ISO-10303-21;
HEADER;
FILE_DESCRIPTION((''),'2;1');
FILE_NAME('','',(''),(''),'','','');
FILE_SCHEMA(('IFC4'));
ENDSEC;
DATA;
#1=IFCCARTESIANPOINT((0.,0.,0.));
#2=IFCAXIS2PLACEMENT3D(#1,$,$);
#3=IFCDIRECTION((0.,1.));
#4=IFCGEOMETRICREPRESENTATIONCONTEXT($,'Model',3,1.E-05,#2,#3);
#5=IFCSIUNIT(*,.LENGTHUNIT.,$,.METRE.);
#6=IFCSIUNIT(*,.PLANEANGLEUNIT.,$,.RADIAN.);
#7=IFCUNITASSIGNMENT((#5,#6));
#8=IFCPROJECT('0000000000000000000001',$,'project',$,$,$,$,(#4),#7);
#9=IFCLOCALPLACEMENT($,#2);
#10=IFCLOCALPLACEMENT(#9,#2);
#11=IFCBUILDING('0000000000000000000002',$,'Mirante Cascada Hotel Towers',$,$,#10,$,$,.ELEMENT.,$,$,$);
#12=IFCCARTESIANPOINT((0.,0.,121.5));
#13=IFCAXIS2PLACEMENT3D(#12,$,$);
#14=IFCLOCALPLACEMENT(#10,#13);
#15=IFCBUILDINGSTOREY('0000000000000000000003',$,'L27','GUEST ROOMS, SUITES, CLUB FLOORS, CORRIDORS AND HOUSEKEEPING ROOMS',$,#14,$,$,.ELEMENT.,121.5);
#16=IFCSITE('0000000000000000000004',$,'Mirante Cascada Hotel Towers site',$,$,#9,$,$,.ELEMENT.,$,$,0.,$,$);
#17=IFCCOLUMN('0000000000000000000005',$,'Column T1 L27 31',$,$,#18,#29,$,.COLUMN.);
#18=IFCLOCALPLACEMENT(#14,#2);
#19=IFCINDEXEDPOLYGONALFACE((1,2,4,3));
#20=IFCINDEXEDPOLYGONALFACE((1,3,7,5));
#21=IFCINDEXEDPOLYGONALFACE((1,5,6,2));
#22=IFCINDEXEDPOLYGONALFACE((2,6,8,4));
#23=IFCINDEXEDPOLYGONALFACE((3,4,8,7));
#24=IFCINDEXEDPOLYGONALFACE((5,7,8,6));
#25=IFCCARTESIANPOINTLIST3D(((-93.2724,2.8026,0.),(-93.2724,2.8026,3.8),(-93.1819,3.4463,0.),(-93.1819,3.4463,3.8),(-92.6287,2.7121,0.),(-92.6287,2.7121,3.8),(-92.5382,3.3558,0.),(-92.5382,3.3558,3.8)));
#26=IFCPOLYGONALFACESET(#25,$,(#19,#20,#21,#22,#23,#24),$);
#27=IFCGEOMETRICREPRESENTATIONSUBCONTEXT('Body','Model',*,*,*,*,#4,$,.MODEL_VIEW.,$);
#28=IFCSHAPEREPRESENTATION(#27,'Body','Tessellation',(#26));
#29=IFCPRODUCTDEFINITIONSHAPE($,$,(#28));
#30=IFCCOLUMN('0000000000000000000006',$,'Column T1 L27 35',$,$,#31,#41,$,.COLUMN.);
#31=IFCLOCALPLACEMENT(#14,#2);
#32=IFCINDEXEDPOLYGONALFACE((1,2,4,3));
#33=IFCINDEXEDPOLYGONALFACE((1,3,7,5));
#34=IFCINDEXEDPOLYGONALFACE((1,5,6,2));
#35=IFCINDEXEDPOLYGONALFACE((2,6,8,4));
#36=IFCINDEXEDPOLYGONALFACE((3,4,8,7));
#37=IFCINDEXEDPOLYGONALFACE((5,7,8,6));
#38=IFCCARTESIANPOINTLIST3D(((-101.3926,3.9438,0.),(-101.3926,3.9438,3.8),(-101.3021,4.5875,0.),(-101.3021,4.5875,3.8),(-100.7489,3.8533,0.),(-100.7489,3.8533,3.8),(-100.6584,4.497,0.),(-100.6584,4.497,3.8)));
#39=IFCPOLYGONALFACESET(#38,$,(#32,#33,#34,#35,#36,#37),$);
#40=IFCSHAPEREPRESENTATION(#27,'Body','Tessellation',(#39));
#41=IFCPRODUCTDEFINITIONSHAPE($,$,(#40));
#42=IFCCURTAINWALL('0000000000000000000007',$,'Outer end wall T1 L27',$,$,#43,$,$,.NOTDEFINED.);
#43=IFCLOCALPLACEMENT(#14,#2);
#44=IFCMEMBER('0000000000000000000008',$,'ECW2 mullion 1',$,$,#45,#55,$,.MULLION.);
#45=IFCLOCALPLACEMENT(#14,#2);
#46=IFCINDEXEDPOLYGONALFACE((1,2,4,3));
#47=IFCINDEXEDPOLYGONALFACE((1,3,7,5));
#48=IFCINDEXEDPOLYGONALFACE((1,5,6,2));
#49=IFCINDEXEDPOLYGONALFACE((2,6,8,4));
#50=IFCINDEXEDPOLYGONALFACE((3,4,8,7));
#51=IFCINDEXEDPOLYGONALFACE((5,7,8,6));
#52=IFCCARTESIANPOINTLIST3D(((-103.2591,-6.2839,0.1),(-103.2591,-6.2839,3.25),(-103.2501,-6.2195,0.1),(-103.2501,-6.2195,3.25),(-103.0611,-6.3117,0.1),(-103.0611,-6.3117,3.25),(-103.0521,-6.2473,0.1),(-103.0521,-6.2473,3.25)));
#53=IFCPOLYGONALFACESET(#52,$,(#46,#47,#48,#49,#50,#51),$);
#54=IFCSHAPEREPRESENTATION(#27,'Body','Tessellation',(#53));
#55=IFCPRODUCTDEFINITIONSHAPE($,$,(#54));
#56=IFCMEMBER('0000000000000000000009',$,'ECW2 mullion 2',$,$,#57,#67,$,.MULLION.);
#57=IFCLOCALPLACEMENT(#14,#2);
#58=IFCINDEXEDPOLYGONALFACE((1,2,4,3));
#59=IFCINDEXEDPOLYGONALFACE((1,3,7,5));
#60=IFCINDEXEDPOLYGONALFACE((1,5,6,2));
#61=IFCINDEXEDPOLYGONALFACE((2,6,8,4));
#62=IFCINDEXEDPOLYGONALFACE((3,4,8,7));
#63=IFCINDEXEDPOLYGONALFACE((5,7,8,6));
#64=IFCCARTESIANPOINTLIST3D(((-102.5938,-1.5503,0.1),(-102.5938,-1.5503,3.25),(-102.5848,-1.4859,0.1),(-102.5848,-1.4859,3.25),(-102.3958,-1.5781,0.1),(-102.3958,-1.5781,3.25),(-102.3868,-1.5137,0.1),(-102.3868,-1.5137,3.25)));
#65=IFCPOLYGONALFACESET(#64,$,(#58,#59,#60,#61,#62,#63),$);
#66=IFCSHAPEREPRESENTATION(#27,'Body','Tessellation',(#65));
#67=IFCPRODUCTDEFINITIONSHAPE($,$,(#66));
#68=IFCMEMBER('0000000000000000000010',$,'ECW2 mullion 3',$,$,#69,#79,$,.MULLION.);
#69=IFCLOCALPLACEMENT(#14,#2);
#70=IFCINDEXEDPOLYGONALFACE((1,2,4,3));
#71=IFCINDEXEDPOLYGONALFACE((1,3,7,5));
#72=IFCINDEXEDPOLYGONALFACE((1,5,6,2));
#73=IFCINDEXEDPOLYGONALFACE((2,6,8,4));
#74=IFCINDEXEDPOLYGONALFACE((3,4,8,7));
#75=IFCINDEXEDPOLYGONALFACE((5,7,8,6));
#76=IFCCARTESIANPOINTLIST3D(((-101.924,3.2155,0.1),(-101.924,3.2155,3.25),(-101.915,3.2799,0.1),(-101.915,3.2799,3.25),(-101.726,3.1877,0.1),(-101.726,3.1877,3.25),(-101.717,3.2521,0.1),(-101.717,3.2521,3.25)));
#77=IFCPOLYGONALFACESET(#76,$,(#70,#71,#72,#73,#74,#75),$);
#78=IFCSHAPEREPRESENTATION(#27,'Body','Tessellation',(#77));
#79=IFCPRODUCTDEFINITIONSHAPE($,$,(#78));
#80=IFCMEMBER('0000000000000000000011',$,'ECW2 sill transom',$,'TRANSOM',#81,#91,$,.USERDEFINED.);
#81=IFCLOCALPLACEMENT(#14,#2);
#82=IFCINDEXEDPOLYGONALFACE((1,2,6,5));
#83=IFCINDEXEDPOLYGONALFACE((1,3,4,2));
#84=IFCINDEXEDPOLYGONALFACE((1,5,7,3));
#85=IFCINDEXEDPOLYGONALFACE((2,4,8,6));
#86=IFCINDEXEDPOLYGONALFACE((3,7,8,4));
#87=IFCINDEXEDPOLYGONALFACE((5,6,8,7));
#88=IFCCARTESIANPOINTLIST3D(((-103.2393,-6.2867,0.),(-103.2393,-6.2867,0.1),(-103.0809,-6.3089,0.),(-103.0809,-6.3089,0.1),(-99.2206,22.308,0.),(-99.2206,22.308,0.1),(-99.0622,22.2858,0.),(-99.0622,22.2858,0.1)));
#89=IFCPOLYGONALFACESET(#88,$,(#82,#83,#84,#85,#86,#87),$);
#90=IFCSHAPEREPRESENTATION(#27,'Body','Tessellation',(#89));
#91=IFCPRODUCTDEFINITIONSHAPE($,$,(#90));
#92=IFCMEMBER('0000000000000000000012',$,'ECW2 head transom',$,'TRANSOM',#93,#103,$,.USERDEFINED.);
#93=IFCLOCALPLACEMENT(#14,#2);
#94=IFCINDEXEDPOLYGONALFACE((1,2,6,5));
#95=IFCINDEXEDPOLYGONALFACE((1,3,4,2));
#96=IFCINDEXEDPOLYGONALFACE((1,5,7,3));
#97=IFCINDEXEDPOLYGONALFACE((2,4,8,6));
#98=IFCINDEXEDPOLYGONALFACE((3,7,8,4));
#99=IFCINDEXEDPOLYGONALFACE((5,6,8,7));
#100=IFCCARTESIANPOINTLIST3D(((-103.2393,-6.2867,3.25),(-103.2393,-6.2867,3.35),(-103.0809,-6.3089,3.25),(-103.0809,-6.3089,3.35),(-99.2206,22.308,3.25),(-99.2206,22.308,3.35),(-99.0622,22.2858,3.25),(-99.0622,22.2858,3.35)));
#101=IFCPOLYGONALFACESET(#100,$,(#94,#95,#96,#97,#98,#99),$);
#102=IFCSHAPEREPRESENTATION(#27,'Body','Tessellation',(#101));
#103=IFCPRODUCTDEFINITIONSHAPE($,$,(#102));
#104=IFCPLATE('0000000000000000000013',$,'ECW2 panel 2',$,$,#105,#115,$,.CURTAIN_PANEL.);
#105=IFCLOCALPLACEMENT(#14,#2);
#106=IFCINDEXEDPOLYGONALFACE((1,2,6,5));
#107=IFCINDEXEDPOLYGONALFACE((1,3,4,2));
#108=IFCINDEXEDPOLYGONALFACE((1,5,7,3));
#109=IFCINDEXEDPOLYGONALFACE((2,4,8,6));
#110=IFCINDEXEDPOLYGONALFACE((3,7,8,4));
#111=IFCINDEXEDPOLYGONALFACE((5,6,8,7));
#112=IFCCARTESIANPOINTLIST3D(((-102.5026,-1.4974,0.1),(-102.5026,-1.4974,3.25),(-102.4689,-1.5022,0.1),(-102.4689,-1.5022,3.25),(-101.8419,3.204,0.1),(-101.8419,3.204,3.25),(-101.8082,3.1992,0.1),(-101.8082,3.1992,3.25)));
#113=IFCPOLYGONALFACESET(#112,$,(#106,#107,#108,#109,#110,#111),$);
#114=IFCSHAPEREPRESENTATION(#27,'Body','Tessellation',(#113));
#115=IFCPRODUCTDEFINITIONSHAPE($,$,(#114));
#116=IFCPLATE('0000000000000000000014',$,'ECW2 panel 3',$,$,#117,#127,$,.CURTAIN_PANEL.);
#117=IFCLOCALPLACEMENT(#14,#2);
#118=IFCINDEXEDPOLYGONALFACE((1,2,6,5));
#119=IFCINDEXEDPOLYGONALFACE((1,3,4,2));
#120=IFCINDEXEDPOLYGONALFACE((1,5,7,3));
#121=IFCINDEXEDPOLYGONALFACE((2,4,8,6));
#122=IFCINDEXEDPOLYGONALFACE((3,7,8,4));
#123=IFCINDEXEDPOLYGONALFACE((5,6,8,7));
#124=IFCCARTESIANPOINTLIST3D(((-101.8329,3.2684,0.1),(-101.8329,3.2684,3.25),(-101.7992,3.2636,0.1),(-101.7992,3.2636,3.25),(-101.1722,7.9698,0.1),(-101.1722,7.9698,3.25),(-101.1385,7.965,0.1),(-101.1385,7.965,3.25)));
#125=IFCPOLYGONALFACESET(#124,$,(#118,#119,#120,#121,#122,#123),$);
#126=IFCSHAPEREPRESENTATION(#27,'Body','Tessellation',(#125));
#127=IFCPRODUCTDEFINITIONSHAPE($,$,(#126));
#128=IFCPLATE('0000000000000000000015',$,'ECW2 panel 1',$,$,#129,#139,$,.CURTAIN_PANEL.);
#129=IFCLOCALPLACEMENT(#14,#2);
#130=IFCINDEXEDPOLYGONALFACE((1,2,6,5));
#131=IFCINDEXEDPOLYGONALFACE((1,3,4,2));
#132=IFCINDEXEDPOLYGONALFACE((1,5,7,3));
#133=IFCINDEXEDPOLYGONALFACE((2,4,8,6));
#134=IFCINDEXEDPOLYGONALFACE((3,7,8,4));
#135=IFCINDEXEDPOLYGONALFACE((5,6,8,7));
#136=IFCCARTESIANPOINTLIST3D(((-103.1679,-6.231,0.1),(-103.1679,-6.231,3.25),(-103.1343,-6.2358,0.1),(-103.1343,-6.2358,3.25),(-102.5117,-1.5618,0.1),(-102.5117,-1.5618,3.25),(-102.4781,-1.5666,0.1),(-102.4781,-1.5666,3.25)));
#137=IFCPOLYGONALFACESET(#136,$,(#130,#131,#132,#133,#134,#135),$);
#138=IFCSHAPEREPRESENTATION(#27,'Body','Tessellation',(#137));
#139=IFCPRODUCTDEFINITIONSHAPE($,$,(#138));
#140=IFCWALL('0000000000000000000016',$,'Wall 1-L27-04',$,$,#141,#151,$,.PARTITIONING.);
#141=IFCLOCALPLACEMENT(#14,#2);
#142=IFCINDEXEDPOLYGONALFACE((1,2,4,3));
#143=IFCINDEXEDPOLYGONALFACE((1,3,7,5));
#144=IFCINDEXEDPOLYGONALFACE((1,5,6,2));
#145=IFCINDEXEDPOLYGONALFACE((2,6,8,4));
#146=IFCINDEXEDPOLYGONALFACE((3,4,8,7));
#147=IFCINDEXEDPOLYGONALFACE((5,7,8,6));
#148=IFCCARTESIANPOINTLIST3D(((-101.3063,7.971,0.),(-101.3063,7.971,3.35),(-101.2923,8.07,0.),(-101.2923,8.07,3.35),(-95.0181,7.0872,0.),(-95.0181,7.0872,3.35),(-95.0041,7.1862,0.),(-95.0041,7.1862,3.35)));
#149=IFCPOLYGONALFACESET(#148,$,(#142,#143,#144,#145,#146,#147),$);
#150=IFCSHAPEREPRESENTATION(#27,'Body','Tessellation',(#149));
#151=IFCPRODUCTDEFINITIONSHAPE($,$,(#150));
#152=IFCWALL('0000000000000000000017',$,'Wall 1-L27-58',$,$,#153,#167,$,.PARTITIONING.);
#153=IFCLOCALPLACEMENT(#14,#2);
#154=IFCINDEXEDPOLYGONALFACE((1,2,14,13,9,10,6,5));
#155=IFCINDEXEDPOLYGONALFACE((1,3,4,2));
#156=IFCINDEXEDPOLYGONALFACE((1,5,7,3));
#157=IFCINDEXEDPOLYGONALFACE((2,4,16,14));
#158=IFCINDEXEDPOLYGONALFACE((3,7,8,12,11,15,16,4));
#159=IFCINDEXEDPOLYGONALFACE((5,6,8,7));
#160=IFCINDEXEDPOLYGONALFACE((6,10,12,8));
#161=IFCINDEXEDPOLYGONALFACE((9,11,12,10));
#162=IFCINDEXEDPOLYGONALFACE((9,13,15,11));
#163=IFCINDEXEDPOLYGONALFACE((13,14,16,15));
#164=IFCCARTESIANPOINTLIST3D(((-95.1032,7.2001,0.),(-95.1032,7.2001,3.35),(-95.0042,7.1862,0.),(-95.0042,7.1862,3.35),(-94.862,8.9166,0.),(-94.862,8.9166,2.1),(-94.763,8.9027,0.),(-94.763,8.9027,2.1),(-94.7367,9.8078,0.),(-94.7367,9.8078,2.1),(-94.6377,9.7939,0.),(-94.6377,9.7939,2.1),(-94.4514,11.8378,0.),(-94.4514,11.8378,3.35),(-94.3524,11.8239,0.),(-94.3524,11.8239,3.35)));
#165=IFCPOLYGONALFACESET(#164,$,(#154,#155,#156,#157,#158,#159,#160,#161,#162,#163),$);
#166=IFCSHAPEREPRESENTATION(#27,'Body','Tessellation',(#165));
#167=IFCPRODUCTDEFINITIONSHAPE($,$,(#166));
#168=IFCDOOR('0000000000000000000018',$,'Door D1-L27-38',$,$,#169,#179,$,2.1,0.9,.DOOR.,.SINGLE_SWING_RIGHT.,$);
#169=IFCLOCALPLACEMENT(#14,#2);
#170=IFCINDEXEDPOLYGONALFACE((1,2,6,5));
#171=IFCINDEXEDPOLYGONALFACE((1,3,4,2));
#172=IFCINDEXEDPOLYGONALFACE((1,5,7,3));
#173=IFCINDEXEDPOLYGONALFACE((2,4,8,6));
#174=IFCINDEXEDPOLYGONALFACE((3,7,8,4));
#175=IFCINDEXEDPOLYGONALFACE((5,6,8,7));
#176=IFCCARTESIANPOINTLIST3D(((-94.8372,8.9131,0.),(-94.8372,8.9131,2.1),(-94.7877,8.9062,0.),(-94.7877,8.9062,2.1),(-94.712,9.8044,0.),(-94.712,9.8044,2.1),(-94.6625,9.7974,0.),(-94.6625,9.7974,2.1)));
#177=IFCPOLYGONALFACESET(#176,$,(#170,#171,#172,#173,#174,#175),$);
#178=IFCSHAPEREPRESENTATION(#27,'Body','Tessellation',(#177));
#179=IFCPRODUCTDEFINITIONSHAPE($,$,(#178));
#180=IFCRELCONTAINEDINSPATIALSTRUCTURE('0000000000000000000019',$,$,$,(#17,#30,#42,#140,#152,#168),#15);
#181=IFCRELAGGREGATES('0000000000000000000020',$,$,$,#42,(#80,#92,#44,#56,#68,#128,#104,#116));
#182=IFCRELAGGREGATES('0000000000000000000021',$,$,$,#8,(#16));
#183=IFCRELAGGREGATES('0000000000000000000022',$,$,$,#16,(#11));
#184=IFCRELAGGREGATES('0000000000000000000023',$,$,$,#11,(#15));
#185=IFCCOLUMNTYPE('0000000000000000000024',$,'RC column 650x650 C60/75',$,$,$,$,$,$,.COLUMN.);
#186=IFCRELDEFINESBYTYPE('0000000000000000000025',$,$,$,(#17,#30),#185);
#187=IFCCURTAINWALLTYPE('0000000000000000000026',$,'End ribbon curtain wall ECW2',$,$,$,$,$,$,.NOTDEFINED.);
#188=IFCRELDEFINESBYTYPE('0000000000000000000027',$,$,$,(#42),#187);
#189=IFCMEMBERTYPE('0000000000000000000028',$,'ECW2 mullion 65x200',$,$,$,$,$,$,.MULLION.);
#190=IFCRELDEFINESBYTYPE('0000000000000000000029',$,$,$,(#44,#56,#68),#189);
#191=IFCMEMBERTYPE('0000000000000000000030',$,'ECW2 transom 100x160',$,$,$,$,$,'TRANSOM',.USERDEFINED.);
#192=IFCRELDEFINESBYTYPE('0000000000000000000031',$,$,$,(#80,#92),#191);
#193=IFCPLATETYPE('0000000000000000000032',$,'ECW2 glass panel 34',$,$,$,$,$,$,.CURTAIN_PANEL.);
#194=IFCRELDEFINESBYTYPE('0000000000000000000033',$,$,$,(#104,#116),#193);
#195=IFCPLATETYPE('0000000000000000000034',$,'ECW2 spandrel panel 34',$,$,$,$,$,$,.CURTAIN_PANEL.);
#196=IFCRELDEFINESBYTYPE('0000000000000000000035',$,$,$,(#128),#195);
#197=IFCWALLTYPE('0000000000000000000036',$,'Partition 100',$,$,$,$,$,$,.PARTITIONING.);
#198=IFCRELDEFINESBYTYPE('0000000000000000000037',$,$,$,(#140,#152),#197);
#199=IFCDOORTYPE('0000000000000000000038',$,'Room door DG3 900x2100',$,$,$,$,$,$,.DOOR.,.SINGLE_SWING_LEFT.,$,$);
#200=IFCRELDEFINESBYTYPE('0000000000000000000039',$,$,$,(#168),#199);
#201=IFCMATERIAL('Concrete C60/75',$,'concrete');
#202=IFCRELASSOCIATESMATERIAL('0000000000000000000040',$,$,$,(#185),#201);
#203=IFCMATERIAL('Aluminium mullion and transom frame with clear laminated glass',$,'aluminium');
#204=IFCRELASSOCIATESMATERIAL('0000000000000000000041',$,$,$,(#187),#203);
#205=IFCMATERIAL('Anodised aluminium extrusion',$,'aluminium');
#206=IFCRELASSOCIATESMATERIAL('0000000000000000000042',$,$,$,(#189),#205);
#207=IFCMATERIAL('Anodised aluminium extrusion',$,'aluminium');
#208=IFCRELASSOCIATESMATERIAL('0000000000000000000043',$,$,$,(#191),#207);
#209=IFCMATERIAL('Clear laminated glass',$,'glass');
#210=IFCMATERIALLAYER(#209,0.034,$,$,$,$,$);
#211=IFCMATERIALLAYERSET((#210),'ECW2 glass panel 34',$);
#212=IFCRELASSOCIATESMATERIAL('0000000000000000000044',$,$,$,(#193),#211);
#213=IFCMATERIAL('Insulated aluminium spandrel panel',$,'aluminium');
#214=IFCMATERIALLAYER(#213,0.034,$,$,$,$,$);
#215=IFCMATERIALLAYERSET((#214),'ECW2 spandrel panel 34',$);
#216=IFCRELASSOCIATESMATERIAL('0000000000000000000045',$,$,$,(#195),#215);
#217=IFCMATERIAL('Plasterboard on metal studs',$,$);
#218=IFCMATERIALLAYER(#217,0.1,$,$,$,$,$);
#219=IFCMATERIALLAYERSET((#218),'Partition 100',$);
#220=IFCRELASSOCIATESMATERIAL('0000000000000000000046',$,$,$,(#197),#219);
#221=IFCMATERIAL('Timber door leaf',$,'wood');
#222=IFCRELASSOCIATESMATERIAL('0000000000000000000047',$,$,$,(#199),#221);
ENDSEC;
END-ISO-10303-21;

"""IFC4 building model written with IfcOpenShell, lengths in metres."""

from ifc_helpers import new_model, si_unit, direction, frame, frame_2d, origin, origin_2d, place, context, subcontext, project, spatial, rectangle, extrude, material, layer, layer_set, material_profile, profile_set, type_object, element, fill, aggregate, save


model = new_model("IFC4")

# Units and contexts
model_context = context("Model", 3, precision=1e-05, world=origin(), true_north=direction((0.0, 1.0)))
body_context = subcontext(model_context, "Body", "Model", "MODEL_VIEW")
ifc_project = project(units=[si_unit("LENGTHUNIT", "METRE"), si_unit("PLANEANGLEUNIT", "RADIAN")], contexts=[model_context])

# Site, building, storey
site_placement = place(None, origin())
site = spatial("IfcSite", under=ifc_project, at=site_placement, Name="Mirante Cascada Hotel Towers site", CompositionType="ELEMENT", RefElevation=0.0)
building_placement = place(site_placement, origin())
building = spatial("IfcBuilding", under=site, at=building_placement, Name="Mirante Cascada Hotel Towers", CompositionType="ELEMENT")
storey_placement = place(building_placement, frame((0.0, 0.0, 121.5)))
storey = spatial("IfcBuildingStorey", under=building, at=storey_placement, Name="L27", Description="GUEST ROOMS, SUITES, CLUB FLOORS, CORRIDORS AND HOUSEKEEPING ROOMS", CompositionType="ELEMENT", Elevation=121.5)

# Columns
ifc_material_1 = material(Name="Concrete C60/75", Category="concrete")
ifc_material_profile_1 = material_profile(ifc_material_1, rectangle(XDim=0.65, YDim=0.65, at=origin_2d()), Name="RC column 650x650 C60/75")
ifc_profile_set_1 = profile_set([ifc_material_profile_1], Name="Concrete C60/75")
column_type = type_object("IfcColumnType", Name="RC column 650x650 C60/75", PredefinedType="COLUMN", material=ifc_profile_set_1)
for number, where, z_axis, x_axis, name in (
    (1, (-92.9053, 3.0792, 0.0), (0.0, 0.0, 1.0), (-0.990268, 0.139173, 0.0), "Column T1 L27 31"),
    (2, (-101.0255, 4.2204, 0.0), (0.0, 0.0, 1.0), (-0.990268, 0.139173, 0.0), "Column T1 L27 35"),
):
    element("IfcColumn", number, at=place(storey_placement, frame(where, z_axis=z_axis, x_axis=x_axis)), inside=storey, type_object=column_type, Name=name, PredefinedType="COLUMN", context=body_context, shape_type="SweptSolid", body=[
        extrude(rectangle(XDim=0.65, YDim=0.65, at=origin_2d()), origin(), (0.0, 0.0, 1.0), 3.8),
    ])

# Curtain wall, members, plates
ifc_material_2 = material(Name="Aluminium mullion and transom frame with clear laminated glass", Category="aluminium")
curtain_wall_type = type_object("IfcCurtainWallType", Name="End ribbon curtain wall ECW2", PredefinedType="NOTDEFINED", material=ifc_material_2)
curtain_wall_placement = place(storey_placement, origin())
curtain_wall = element("IfcCurtainWall", 3, at=curtain_wall_placement, inside=storey, type_object=curtain_wall_type, Name="Outer end wall T1 L27", PredefinedType="NOTDEFINED")
ifc_material_3 = material(Name="Anodised aluminium extrusion", Category="aluminium")
ifc_material_profile_2 = material_profile(ifc_material_3, rectangle(XDim=0.2, YDim=0.065, at=origin_2d()), Name="ECW2 MULLION 65x200")
ifc_profile_set_2 = profile_set([ifc_material_profile_2], Name="Anodised aluminium extrusion")
member_type_1 = type_object("IfcMemberType", Name="ECW2 mullion 65x200", PredefinedType="MULLION", material=ifc_profile_set_2)
member_1_placement = place(storey_placement, frame((-103.1556, -6.2656, 0.1), z_axis=(0.0, 0.0, 1.0), x_axis=(-0.990268, 0.139173, 0.0)))
member_1 = element("IfcMember", 4, at=member_1_placement, type_object=member_type_1, Name="ECW2 mullion 1", PredefinedType="MULLION", context=body_context, shape_type="SweptSolid", body=[
    extrude(rectangle(XDim=0.2, YDim=0.065, at=origin_2d()), origin(), (0.0, 0.0, 1.0), 3.15),
])
member_2_placement = place(storey_placement, frame((-102.4903, -1.532, 0.1), z_axis=(0.0, 0.0, 1.0), x_axis=(-0.990268, 0.139173, 0.0)))
member_2 = element("IfcMember", 5, at=member_2_placement, type_object=member_type_1, Name="ECW2 mullion 2", PredefinedType="MULLION", context=body_context, shape_type="SweptSolid", body=[
    extrude(rectangle(XDim=0.2, YDim=0.065, at=origin_2d()), origin(), (0.0, 0.0, 1.0), 3.15),
])
member_3_placement = place(storey_placement, frame((-101.8205, 3.2338, 0.1), z_axis=(0.0, 0.0, 1.0), x_axis=(-0.990268, 0.139173, 0.0)))
member_3 = element("IfcMember", 6, at=member_3_placement, type_object=member_type_1, Name="ECW2 mullion 3", PredefinedType="MULLION", context=body_context, shape_type="SweptSolid", body=[
    extrude(rectangle(XDim=0.2, YDim=0.065, at=origin_2d()), origin(), (0.0, 0.0, 1.0), 3.15),
])
ifc_material_4 = material(Name="Anodised aluminium extrusion", Category="aluminium")
ifc_material_profile_3 = material_profile(ifc_material_4, rectangle(XDim=0.16, YDim=0.1, at=origin_2d()), Name="ECW2 TRANSOM 100x160")
ifc_profile_set_3 = profile_set([ifc_material_profile_3], Name="Anodised aluminium extrusion")
member_type_2 = type_object("IfcMemberType", Name="ECW2 transom 100x160", ElementType="TRANSOM", PredefinedType="USERDEFINED", material=ifc_profile_set_3)
member_4_placement = place(storey_placement, frame((-103.1601, -6.2978, 0.05), z_axis=(0.139172, 0.990268, 0.0), x_axis=(-0.990268, 0.139172, 0.0)))
member_4 = element("IfcMember", 7, at=member_4_placement, type_object=member_type_2, Name="ECW2 sill transom", ObjectType="TRANSOM", PredefinedType="USERDEFINED", context=body_context, shape_type="SweptSolid", body=[
    extrude(rectangle(XDim=0.16, YDim=0.1, at=origin_2d()), origin(), (0.0, 0.0, 1.0), 28.8757),
])
member_5_placement = place(storey_placement, frame((-103.1601, -6.2978, 3.3), z_axis=(0.139172, 0.990268, 0.0), x_axis=(-0.990268, 0.139172, 0.0)))
member_5 = element("IfcMember", 8, at=member_5_placement, type_object=member_type_2, Name="ECW2 head transom", ObjectType="TRANSOM", PredefinedType="USERDEFINED", context=body_context, shape_type="SweptSolid", body=[
    extrude(rectangle(XDim=0.16, YDim=0.1, at=origin_2d()), origin(), (0.0, 0.0, 1.0), 28.8757),
])
ifc_material_5 = material(Name="Clear laminated glass", Category="glass")
ifc_layer_1 = layer(ifc_material_5, 0.034)
ifc_layer_set_1 = layer_set([ifc_layer_1], Name="ECW2 glass panel 34")
plate_type_1 = type_object("IfcPlateType", Name="ECW2 glass panel 34", PredefinedType="CURTAIN_PANEL", material=ifc_layer_set_1)
plate_1_placement = place(storey_placement, frame((-102.1554, 0.8509, 0.1), z_axis=(0.0, 0.0, 1.0), x_axis=(0.139173, 0.990268, 0.0)))
plate_1 = element("IfcPlate", 9, at=plate_1_placement, type_object=plate_type_1, Name="ECW2 panel 2", PredefinedType="CURTAIN_PANEL", context=body_context, shape_type="SweptSolid", body=[
    extrude(rectangle(XDim=4.7476, YDim=0.034, at=origin_2d()), origin(), (0.0, 0.0, 1.0), 3.15),
])
plate_2_placement = place(storey_placement, frame((-101.4857, 5.6167, 0.1), z_axis=(0.0, 0.0, 1.0), x_axis=(0.139173, 0.990268, 0.0)))
plate_2 = element("IfcPlate", 10, at=plate_2_placement, type_object=plate_type_1, Name="ECW2 panel 3", PredefinedType="CURTAIN_PANEL", context=body_context, shape_type="SweptSolid", body=[
    extrude(rectangle(XDim=4.7476, YDim=0.034, at=origin_2d()), origin(), (0.0, 0.0, 1.0), 3.15),
])
ifc_material_6 = material(Name="Insulated aluminium spandrel panel", Category="aluminium")
ifc_layer_2 = layer(ifc_material_6, 0.034)
ifc_layer_set_2 = layer_set([ifc_layer_2], Name="ECW2 spandrel panel 34")
plate_type_2 = type_object("IfcPlateType", Name="ECW2 spandrel panel 34", PredefinedType="CURTAIN_PANEL", material=ifc_layer_set_2)
plate_3_placement = place(storey_placement, frame((-102.823, -3.8988, 0.1), z_axis=(0.0, 0.0, 1.0), x_axis=(0.139173, 0.990268, 0.0)))
plate_3 = element("IfcPlate", 11, at=plate_3_placement, type_object=plate_type_2, Name="ECW2 panel 1", PredefinedType="CURTAIN_PANEL", context=body_context, shape_type="SweptSolid", body=[
    extrude(rectangle(XDim=4.7151, YDim=0.034, at=origin_2d()), origin(), (0.0, 0.0, 1.0), 3.15),
])
aggregate(curtain_wall, [member_4, member_5, member_1, member_2, member_3, plate_3, plate_1, plate_2])

# Wall
ifc_material_7 = material(Name="Plasterboard on metal studs")
ifc_layer_3 = layer(ifc_material_7, 0.1)
ifc_layer_set_3 = layer_set([ifc_layer_3], Name="Partition 100")
wall_type = type_object("IfcWallType", Name="Partition 100", PredefinedType="PARTITIONING", material=ifc_layer_set_3)
wall_1_placement = place(storey_placement, frame((-95.0111, 7.1367, 0.0), z_axis=(0.0, 0.0, 1.0), x_axis=(-0.990267, 0.139181, 0.0)))
element("IfcWall", 12, at=wall_1_placement, inside=storey, type_object=wall_type, Name="Wall 1-L27-04", PredefinedType="PARTITIONING", context=body_context, shape_type="SweptSolid", body=[
    extrude(rectangle(XDim=6.35, YDim=0.1, at=frame_2d((3.175, 0.0))), origin(), (0.0, 0.0, 1.0), 3.35),
])

# Wall, opening, door
wall_2_placement = place(storey_placement, frame((-95.0537, 7.1932, 0.0), z_axis=(0.0, 0.0, 1.0), x_axis=(0.139176, 0.990268, 0.0)))
wall_2 = element("IfcWall", 13, at=wall_2_placement, inside=storey, type_object=wall_type, Name="Wall 1-L27-58", PredefinedType="PARTITIONING", context=body_context, shape_type="SweptSolid", body=[
    extrude(rectangle(XDim=4.6833, YDim=0.1, at=frame_2d((2.3416, 0.0))), origin(), (0.0, 0.0, 1.0), 3.35),
])
opening_1_placement = place(wall_2_placement, frame((1.7333, 0.0, 0.0)))
opening_1 = element("IfcOpeningElement", 14, at=opening_1_placement, cuts=wall_2, PredefinedType="OPENING", context=body_context, shape_type="SweptSolid", body=[
    extrude(rectangle(XDim=0.9, YDim=2.1, at=frame_2d((0.45, 1.05))), frame((0.0, 0.05, 0.0), z_axis=(0.0, -1.0, 0.0), x_axis=(1.0, 0.0, 0.0)), (0.0, 0.0, 1.0), 0.1),
])
ifc_material_8 = material(Name="Timber door leaf", Category="wood")
door_type_1 = type_object("IfcDoorType", Name="Room door DG3 900x2100", OperationType="SINGLE_SWING_LEFT", PredefinedType="DOOR", material=ifc_material_8)
door_1_placement = place(opening_1_placement, frame((0.9, 0.0, 0.0), z_axis=(0.0, 0.0, 1.0), x_axis=(-1.0, 0.0, 0.0)))
door_1 = element("IfcDoor", 15, at=door_1_placement, inside=storey, type_object=door_type_1, Name="Door D1-L27-38", OperationType="SINGLE_SWING_RIGHT", OverallHeight=2.1, OverallWidth=0.9, PredefinedType="DOOR", context=body_context, shape_type="SweptSolid", body=[
    extrude(rectangle(XDim=0.9, YDim=2.1, at=frame_2d((0.45, 1.05))), frame((0.0, 0.025, 0.0), z_axis=(0.0, -1.0, 0.0), x_axis=(1.0, 0.0, 0.0)), (0.0, 0.0, 1.0), 0.05),
])
fill(opening_1, door_1)

save(model, "model.ifc")
